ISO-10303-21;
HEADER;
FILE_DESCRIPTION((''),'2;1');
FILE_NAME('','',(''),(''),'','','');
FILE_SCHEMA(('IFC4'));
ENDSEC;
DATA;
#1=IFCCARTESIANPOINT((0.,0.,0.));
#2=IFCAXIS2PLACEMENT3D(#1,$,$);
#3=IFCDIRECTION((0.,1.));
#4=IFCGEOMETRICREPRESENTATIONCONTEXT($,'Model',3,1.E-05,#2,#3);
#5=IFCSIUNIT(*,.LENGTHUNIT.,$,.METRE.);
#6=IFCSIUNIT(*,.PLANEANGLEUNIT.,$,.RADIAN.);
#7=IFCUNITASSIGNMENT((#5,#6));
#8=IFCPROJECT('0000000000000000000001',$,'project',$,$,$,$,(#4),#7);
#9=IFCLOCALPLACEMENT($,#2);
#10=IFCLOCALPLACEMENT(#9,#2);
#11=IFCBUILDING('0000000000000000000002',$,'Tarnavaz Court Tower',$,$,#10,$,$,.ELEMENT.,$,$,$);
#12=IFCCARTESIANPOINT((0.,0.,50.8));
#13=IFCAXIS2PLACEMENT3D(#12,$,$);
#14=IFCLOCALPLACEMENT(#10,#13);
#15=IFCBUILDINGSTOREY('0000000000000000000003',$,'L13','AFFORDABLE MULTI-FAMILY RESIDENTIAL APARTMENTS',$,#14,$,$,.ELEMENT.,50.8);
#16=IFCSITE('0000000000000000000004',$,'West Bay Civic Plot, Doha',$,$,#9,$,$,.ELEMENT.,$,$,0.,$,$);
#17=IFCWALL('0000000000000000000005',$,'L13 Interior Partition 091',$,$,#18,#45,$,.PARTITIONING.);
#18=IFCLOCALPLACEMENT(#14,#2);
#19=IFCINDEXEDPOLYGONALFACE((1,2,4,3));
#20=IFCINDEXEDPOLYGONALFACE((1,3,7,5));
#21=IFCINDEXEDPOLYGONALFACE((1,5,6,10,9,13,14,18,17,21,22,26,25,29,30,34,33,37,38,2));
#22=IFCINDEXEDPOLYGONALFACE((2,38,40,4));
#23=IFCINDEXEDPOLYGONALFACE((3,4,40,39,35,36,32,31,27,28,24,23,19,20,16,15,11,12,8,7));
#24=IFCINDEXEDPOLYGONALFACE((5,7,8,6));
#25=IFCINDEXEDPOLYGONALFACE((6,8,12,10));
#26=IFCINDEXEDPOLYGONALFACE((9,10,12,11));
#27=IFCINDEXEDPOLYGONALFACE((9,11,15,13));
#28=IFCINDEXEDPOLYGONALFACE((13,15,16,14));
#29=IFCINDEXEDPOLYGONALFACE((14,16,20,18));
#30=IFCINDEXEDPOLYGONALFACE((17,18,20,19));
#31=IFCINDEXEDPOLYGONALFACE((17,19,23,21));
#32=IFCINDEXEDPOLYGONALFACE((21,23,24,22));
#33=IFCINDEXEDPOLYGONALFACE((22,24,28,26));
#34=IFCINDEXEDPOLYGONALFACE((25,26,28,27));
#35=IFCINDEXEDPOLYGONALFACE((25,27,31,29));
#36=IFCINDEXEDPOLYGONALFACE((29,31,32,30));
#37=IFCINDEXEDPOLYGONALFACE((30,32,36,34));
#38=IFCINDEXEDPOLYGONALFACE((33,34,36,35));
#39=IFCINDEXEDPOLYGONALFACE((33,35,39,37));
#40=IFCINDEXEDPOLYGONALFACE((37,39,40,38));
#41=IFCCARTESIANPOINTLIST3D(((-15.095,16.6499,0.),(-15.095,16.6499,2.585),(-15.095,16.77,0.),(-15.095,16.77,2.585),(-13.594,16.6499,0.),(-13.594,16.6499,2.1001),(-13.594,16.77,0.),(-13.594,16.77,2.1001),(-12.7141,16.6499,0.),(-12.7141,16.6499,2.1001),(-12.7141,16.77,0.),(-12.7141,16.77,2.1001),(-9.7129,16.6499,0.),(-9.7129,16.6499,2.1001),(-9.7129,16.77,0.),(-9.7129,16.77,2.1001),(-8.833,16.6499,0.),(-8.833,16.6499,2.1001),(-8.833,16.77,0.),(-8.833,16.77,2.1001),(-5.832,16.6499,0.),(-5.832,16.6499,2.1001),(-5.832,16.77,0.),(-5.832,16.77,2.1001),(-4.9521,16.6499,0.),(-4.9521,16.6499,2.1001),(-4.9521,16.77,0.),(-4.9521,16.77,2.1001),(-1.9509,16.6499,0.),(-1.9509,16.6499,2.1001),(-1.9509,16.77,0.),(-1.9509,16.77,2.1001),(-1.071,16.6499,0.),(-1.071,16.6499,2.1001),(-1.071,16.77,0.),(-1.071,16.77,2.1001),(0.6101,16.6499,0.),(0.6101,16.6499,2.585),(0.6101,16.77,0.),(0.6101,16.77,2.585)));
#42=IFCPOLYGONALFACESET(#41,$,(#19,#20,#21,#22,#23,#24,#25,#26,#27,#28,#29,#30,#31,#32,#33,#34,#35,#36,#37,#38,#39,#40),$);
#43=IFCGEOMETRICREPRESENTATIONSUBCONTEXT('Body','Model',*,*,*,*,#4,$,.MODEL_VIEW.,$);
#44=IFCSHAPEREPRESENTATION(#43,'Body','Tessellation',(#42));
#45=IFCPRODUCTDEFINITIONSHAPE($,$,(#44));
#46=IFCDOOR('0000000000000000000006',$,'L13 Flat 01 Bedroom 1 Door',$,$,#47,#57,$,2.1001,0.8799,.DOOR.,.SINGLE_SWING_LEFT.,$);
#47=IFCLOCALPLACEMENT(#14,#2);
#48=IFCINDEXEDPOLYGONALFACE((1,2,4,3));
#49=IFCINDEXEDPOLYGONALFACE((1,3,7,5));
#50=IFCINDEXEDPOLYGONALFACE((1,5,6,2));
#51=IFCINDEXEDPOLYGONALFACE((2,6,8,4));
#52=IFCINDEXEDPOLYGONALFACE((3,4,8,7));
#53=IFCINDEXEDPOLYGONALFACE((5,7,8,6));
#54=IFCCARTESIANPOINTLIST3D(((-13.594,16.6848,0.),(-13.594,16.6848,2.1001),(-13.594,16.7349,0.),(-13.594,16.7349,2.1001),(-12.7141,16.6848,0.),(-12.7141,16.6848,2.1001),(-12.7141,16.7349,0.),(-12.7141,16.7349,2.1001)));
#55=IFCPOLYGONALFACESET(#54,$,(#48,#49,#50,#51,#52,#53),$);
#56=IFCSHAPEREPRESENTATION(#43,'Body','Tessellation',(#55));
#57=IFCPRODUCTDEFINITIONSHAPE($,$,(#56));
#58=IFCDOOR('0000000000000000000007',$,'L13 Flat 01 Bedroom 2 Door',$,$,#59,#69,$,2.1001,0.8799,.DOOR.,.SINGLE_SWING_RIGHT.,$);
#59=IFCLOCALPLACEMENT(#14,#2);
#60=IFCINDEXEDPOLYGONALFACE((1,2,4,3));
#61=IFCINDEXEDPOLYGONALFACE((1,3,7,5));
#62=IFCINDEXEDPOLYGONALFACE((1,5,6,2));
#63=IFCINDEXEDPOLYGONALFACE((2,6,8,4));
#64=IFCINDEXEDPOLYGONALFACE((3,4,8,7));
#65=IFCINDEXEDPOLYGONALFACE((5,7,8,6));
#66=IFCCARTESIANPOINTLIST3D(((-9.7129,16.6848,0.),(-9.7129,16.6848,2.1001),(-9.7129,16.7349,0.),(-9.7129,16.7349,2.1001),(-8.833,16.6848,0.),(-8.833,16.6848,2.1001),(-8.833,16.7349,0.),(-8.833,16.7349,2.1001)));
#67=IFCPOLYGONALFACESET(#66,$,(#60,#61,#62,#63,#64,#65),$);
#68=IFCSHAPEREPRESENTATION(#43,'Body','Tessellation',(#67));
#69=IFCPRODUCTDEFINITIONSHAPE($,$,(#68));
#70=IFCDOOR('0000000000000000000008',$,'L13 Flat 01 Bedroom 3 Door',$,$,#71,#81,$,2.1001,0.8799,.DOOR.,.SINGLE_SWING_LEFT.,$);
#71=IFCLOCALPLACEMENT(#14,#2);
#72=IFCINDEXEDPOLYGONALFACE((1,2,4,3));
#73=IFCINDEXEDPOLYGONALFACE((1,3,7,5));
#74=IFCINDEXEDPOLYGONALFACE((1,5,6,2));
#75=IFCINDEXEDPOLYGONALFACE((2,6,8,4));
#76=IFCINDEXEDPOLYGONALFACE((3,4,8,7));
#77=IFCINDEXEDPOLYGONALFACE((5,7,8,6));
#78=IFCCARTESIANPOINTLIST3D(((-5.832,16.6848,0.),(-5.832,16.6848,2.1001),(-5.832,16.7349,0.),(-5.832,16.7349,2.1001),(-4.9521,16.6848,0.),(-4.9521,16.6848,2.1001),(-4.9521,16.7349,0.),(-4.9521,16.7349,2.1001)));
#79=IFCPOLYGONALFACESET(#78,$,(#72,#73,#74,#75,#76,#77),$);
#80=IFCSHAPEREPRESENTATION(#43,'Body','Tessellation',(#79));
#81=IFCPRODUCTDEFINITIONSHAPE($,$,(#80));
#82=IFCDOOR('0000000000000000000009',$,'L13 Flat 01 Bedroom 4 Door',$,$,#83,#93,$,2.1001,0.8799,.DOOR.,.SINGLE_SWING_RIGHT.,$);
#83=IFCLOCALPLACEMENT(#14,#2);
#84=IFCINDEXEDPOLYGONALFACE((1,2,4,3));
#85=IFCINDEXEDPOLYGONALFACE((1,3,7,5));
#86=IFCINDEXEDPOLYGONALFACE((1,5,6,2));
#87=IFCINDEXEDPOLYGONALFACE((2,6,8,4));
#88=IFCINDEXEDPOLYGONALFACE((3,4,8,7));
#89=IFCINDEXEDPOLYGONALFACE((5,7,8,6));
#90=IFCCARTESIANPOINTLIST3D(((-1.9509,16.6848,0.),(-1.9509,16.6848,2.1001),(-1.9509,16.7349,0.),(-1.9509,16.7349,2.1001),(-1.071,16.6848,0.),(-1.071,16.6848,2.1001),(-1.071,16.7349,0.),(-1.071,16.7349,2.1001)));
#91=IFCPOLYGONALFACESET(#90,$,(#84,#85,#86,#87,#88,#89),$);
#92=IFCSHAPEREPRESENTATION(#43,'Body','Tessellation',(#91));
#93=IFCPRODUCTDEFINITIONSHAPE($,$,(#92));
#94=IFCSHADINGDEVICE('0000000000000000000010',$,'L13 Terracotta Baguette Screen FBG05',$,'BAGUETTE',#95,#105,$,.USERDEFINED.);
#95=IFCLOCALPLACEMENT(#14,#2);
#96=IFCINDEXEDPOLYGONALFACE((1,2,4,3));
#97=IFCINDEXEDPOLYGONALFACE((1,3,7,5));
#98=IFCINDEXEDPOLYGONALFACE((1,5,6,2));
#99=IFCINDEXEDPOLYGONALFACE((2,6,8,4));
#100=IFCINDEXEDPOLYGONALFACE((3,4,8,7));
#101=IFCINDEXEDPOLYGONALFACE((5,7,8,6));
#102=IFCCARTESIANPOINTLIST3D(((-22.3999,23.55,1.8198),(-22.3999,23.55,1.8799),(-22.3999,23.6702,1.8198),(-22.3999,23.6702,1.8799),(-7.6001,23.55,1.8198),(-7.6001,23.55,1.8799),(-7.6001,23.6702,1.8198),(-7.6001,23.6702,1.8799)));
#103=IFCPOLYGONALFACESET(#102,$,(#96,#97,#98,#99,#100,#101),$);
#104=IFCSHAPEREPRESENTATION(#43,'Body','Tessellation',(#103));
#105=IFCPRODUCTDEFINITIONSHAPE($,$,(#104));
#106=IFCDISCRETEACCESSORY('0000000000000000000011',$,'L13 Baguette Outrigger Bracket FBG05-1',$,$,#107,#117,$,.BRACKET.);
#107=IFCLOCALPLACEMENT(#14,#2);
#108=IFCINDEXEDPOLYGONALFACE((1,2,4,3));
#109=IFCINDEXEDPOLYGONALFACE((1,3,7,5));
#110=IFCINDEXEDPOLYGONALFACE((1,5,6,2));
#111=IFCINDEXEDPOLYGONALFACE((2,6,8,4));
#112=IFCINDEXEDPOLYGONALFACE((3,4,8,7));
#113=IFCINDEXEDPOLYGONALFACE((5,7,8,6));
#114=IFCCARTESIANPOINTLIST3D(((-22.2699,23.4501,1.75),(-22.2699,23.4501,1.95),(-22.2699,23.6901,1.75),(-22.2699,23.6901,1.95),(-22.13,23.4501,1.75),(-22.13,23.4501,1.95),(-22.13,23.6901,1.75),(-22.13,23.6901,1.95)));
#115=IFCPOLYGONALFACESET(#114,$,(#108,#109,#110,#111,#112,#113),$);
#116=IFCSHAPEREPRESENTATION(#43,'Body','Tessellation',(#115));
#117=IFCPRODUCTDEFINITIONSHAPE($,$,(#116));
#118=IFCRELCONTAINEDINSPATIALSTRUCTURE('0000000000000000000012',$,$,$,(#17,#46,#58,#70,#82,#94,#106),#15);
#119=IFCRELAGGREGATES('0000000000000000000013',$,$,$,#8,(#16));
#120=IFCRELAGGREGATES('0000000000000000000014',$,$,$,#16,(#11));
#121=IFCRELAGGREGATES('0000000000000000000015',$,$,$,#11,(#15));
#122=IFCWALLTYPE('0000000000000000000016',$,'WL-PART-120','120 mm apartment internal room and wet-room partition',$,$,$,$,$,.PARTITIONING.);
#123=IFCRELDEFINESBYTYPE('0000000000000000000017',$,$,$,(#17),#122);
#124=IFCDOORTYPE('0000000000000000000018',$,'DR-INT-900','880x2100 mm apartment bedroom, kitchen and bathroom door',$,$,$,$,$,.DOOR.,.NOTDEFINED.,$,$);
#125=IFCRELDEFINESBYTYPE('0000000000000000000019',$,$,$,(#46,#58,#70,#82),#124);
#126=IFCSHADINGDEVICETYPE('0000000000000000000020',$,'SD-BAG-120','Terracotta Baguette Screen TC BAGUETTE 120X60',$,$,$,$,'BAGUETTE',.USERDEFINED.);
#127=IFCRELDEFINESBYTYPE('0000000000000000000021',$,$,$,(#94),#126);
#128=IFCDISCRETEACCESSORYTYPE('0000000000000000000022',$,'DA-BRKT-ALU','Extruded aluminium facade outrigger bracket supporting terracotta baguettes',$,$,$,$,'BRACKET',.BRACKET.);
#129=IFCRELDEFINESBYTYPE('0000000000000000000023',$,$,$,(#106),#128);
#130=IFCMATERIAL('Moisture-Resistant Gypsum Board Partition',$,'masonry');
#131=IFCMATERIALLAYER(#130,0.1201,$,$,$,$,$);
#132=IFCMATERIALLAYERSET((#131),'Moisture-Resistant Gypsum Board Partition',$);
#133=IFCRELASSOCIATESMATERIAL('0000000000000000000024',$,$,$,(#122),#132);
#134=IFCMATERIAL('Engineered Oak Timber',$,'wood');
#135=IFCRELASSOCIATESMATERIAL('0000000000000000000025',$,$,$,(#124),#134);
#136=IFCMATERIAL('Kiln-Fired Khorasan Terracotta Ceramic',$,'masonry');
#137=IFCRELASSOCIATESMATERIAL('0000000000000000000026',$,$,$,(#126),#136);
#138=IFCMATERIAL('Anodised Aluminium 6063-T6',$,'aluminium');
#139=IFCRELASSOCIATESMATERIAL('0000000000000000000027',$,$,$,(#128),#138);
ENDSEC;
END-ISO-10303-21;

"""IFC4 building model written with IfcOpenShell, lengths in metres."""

from ifc_helpers import new_model, si_unit, direction, frame, frame_2d, origin, origin_2d, place, context, subcontext, project, spatial, rectangle, extrude, material, layer, layer_set, material_profile, profile_set, type_object, element, fill, save


model = new_model("IFC4")

# Units and contexts
model_context = context("Model", 3, precision=1e-05, world=origin(), true_north=direction((0.0, 1.0)))
body_context = subcontext(model_context, "Body", "Model", "MODEL_VIEW")
ifc_project = project(units=[si_unit("LENGTHUNIT", "METRE"), si_unit("PLANEANGLEUNIT", "RADIAN")], contexts=[model_context])

# Site, building, storey
site_placement = place(None, origin())
site = spatial("IfcSite", under=ifc_project, at=site_placement, Name="West Bay Civic Plot, Doha", CompositionType="ELEMENT", RefElevation=0.0)
building_placement = place(site_placement, origin())
building = spatial("IfcBuilding", under=site, at=building_placement, Name="Tarnavaz Court Tower", CompositionType="ELEMENT")
storey_placement = place(building_placement, frame((0.0, 0.0, 50.8)))
storey = spatial("IfcBuildingStorey", under=building, at=storey_placement, Name="L13", Description="AFFORDABLE MULTI-FAMILY RESIDENTIAL APARTMENTS", CompositionType="ELEMENT", Elevation=50.8)

# Shared definitions
ifc_material_1 = material(Name="Moisture-Resistant Gypsum Board Partition", Category="masonry")
ifc_layer = layer(ifc_material_1, 0.1201)
ifc_layer_set = layer_set([ifc_layer], Name="Moisture-Resistant Gypsum Board Partition")
wall_type = type_object("IfcWallType", Name="WL-PART-120", Description="120 mm apartment internal room and wet-room partition", PredefinedType="PARTITIONING", material=ifc_layer_set)
ifc_material_2 = material(Name="Engineered Oak Timber", Category="wood")
door_type = type_object("IfcDoorType", Name="DR-INT-900", Description="880x2100 mm apartment bedroom, kitchen and bathroom door", OperationType="NOTDEFINED", PredefinedType="DOOR", material=ifc_material_2)

# Wall, openings, doors
wall_1_placement = place(storey_placement, frame((-15.095, 16.71, 0.0), z_axis=(0.0, 0.0, 1.0), x_axis=(1.0, 0.0, 0.0)))
wall_1 = element("IfcWall", 1, at=wall_1_placement, inside=storey, type_object=wall_type, Name="L13 Interior Partition 091", PredefinedType="PARTITIONING", context=body_context, shape_type="SweptSolid", body=[
    extrude(rectangle(XDim=15.7051, YDim=0.1201, at=frame_2d((7.8525, 0.0))), origin(), (0.0, 0.0, 1.0), 2.585),
])
opening_1_placement = place(wall_1_placement, frame((1.501, 0.0, 0.0)))
opening_1 = element("IfcOpeningElement", 2, at=opening_1_placement, cuts=wall_1, PredefinedType="OPENING", context=body_context, shape_type="SweptSolid", body=[
    extrude(rectangle(XDim=0.8799, YDim=2.1001, at=frame_2d((0.4399, 1.05))), frame((0.0, 0.0701, 0.0), z_axis=(0.0, -1.0, 0.0), x_axis=(1.0, 0.0, 0.0)), (0.0, 0.0, 1.0), 0.1401),
])
opening_2_placement = place(wall_1_placement, frame((5.3821, 0.0, 0.0)))
opening_2 = element("IfcOpeningElement", 3, at=opening_2_placement, cuts=wall_1, PredefinedType="OPENING", context=body_context, shape_type="SweptSolid", body=[
    extrude(rectangle(XDim=0.8799, YDim=2.1001, at=frame_2d((0.4399, 1.05))), frame((0.0, 0.0701, 0.0), z_axis=(0.0, -1.0, 0.0), x_axis=(1.0, 0.0, 0.0)), (0.0, 0.0, 1.0), 0.1401),
])
opening_3_placement = place(wall_1_placement, frame((9.2629, 0.0, 0.0)))
opening_3 = element("IfcOpeningElement", 4, at=opening_3_placement, cuts=wall_1, PredefinedType="OPENING", context=body_context, shape_type="SweptSolid", body=[
    extrude(rectangle(XDim=0.8799, YDim=2.1001, at=frame_2d((0.4399, 1.05))), frame((0.0, 0.0701, 0.0), z_axis=(0.0, -1.0, 0.0), x_axis=(1.0, 0.0, 0.0)), (0.0, 0.0, 1.0), 0.1401),
])
opening_4_placement = place(wall_1_placement, frame((13.144, 0.0, 0.0)))
opening_4 = element("IfcOpeningElement", 5, at=opening_4_placement, cuts=wall_1, PredefinedType="OPENING", context=body_context, shape_type="SweptSolid", body=[
    extrude(rectangle(XDim=0.8799, YDim=2.1001, at=frame_2d((0.4399, 1.05))), frame((0.0, 0.0701, 0.0), z_axis=(0.0, -1.0, 0.0), x_axis=(1.0, 0.0, 0.0)), (0.0, 0.0, 1.0), 0.1401),
])
door_1_placement = place(opening_1_placement, origin())
door_1 = element("IfcDoor", 6, at=door_1_placement, inside=storey, type_object=door_type, Name="L13 Flat 01 Bedroom 1 Door", OperationType="SINGLE_SWING_LEFT", OverallHeight=2.1001, OverallWidth=0.8799, PredefinedType="DOOR", context=body_context, shape_type="SweptSolid", body=[
    extrude(rectangle(XDim=0.8799, YDim=2.1001, at=frame_2d((0.4399, 1.05))), frame((0.0, 0.0249, 0.0), z_axis=(0.0, -1.0, 0.0), x_axis=(1.0, 0.0, 0.0)), (0.0, 0.0, 1.0), 0.05),
])
fill(opening_1, door_1)
door_2_placement = place(opening_2_placement, origin())
door_2 = element("IfcDoor", 7, at=door_2_placement, inside=storey, type_object=door_type, Name="L13 Flat 01 Bedroom 2 Door", OperationType="SINGLE_SWING_RIGHT", OverallHeight=2.1001, OverallWidth=0.8799, PredefinedType="DOOR", context=body_context, shape_type="SweptSolid", body=[
    extrude(rectangle(XDim=0.8799, YDim=2.1001, at=frame_2d((0.4399, 1.05))), frame((0.0, 0.0249, 0.0), z_axis=(0.0, -1.0, 0.0), x_axis=(1.0, 0.0, 0.0)), (0.0, 0.0, 1.0), 0.05),
])
fill(opening_2, door_2)
door_3_placement = place(opening_3_placement, origin())
door_3 = element("IfcDoor", 8, at=door_3_placement, inside=storey, type_object=door_type, Name="L13 Flat 01 Bedroom 3 Door", OperationType="SINGLE_SWING_LEFT", OverallHeight=2.1001, OverallWidth=0.8799, PredefinedType="DOOR", context=body_context, shape_type="SweptSolid", body=[
    extrude(rectangle(XDim=0.8799, YDim=2.1001, at=frame_2d((0.4399, 1.05))), frame((0.0, 0.0249, 0.0), z_axis=(0.0, -1.0, 0.0), x_axis=(1.0, 0.0, 0.0)), (0.0, 0.0, 1.0), 0.05),
])
fill(opening_3, door_3)
door_4_placement = place(opening_4_placement, origin())
door_4 = element("IfcDoor", 9, at=door_4_placement, inside=storey, type_object=door_type, Name="L13 Flat 01 Bedroom 4 Door", OperationType="SINGLE_SWING_RIGHT", OverallHeight=2.1001, OverallWidth=0.8799, PredefinedType="DOOR", context=body_context, shape_type="SweptSolid", body=[
    extrude(rectangle(XDim=0.8799, YDim=2.1001, at=frame_2d((0.4399, 1.05))), frame((0.0, 0.0249, 0.0), z_axis=(0.0, -1.0, 0.0), x_axis=(1.0, 0.0, 0.0)), (0.0, 0.0, 1.0), 0.05),
])
fill(opening_4, door_4)

# Shading device
ifc_material_3 = material(Name="Kiln-Fired Khorasan Terracotta Ceramic", Category="masonry")
ifc_material_profile_1 = material_profile(ifc_material_3, rectangle(XDim=0.1201, YDim=0.0601, at=origin_2d()), Name="TC BAGUETTE 120X60")
ifc_profile_set_1 = profile_set([ifc_material_profile_1], Name="Kiln-Fired Khorasan Terracotta Ceramic")
shading_device_type = type_object("IfcShadingDeviceType", Name="SD-BAG-120", Description="Terracotta Baguette Screen TC BAGUETTE 120X60", ElementType="BAGUETTE", PredefinedType="USERDEFINED", material=ifc_profile_set_1)
shading_device_placement = place(storey_placement, frame((-22.3999, 23.6101, 1.8499), z_axis=(1.0, 0.0, 0.0), x_axis=(0.0, 1.0, 0.0)))
element("IfcShadingDevice", 10, at=shading_device_placement, inside=storey, type_object=shading_device_type, Name="L13 Terracotta Baguette Screen FBG05", ObjectType="BAGUETTE", PredefinedType="USERDEFINED", context=body_context, shape_type="SweptSolid", body=[
    extrude(rectangle(XDim=0.1201, YDim=0.0601, at=origin_2d()), origin(), (0.0, 0.0, 1.0), 14.7998),
])

# Discrete accessory
ifc_material_4 = material(Name="Anodised Aluminium 6063-T6", Category="aluminium")
discrete_accessory_type = type_object("IfcDiscreteAccessoryType", Name="DA-BRKT-ALU", Description="Extruded aluminium facade outrigger bracket supporting terracotta baguettes", ElementType="BRACKET", PredefinedType="BRACKET", material=ifc_material_4)
discrete_accessory_placement = place(storey_placement, frame((-22.2, 23.5701, 1.75), z_axis=(0.0, 0.0, 1.0), x_axis=(1.0, 0.0, 0.0)))
element("IfcDiscreteAccessory", 11, at=discrete_accessory_placement, inside=storey, type_object=discrete_accessory_type, Name="L13 Baguette Outrigger Bracket FBG05-1", PredefinedType="BRACKET", context=body_context, shape_type="SweptSolid", body=[
    extrude(rectangle(XDim=0.1399, YDim=0.24, at=origin_2d()), origin(), (0.0, 0.0, 1.0), 0.2),
])

save(model, "model.ifc")
